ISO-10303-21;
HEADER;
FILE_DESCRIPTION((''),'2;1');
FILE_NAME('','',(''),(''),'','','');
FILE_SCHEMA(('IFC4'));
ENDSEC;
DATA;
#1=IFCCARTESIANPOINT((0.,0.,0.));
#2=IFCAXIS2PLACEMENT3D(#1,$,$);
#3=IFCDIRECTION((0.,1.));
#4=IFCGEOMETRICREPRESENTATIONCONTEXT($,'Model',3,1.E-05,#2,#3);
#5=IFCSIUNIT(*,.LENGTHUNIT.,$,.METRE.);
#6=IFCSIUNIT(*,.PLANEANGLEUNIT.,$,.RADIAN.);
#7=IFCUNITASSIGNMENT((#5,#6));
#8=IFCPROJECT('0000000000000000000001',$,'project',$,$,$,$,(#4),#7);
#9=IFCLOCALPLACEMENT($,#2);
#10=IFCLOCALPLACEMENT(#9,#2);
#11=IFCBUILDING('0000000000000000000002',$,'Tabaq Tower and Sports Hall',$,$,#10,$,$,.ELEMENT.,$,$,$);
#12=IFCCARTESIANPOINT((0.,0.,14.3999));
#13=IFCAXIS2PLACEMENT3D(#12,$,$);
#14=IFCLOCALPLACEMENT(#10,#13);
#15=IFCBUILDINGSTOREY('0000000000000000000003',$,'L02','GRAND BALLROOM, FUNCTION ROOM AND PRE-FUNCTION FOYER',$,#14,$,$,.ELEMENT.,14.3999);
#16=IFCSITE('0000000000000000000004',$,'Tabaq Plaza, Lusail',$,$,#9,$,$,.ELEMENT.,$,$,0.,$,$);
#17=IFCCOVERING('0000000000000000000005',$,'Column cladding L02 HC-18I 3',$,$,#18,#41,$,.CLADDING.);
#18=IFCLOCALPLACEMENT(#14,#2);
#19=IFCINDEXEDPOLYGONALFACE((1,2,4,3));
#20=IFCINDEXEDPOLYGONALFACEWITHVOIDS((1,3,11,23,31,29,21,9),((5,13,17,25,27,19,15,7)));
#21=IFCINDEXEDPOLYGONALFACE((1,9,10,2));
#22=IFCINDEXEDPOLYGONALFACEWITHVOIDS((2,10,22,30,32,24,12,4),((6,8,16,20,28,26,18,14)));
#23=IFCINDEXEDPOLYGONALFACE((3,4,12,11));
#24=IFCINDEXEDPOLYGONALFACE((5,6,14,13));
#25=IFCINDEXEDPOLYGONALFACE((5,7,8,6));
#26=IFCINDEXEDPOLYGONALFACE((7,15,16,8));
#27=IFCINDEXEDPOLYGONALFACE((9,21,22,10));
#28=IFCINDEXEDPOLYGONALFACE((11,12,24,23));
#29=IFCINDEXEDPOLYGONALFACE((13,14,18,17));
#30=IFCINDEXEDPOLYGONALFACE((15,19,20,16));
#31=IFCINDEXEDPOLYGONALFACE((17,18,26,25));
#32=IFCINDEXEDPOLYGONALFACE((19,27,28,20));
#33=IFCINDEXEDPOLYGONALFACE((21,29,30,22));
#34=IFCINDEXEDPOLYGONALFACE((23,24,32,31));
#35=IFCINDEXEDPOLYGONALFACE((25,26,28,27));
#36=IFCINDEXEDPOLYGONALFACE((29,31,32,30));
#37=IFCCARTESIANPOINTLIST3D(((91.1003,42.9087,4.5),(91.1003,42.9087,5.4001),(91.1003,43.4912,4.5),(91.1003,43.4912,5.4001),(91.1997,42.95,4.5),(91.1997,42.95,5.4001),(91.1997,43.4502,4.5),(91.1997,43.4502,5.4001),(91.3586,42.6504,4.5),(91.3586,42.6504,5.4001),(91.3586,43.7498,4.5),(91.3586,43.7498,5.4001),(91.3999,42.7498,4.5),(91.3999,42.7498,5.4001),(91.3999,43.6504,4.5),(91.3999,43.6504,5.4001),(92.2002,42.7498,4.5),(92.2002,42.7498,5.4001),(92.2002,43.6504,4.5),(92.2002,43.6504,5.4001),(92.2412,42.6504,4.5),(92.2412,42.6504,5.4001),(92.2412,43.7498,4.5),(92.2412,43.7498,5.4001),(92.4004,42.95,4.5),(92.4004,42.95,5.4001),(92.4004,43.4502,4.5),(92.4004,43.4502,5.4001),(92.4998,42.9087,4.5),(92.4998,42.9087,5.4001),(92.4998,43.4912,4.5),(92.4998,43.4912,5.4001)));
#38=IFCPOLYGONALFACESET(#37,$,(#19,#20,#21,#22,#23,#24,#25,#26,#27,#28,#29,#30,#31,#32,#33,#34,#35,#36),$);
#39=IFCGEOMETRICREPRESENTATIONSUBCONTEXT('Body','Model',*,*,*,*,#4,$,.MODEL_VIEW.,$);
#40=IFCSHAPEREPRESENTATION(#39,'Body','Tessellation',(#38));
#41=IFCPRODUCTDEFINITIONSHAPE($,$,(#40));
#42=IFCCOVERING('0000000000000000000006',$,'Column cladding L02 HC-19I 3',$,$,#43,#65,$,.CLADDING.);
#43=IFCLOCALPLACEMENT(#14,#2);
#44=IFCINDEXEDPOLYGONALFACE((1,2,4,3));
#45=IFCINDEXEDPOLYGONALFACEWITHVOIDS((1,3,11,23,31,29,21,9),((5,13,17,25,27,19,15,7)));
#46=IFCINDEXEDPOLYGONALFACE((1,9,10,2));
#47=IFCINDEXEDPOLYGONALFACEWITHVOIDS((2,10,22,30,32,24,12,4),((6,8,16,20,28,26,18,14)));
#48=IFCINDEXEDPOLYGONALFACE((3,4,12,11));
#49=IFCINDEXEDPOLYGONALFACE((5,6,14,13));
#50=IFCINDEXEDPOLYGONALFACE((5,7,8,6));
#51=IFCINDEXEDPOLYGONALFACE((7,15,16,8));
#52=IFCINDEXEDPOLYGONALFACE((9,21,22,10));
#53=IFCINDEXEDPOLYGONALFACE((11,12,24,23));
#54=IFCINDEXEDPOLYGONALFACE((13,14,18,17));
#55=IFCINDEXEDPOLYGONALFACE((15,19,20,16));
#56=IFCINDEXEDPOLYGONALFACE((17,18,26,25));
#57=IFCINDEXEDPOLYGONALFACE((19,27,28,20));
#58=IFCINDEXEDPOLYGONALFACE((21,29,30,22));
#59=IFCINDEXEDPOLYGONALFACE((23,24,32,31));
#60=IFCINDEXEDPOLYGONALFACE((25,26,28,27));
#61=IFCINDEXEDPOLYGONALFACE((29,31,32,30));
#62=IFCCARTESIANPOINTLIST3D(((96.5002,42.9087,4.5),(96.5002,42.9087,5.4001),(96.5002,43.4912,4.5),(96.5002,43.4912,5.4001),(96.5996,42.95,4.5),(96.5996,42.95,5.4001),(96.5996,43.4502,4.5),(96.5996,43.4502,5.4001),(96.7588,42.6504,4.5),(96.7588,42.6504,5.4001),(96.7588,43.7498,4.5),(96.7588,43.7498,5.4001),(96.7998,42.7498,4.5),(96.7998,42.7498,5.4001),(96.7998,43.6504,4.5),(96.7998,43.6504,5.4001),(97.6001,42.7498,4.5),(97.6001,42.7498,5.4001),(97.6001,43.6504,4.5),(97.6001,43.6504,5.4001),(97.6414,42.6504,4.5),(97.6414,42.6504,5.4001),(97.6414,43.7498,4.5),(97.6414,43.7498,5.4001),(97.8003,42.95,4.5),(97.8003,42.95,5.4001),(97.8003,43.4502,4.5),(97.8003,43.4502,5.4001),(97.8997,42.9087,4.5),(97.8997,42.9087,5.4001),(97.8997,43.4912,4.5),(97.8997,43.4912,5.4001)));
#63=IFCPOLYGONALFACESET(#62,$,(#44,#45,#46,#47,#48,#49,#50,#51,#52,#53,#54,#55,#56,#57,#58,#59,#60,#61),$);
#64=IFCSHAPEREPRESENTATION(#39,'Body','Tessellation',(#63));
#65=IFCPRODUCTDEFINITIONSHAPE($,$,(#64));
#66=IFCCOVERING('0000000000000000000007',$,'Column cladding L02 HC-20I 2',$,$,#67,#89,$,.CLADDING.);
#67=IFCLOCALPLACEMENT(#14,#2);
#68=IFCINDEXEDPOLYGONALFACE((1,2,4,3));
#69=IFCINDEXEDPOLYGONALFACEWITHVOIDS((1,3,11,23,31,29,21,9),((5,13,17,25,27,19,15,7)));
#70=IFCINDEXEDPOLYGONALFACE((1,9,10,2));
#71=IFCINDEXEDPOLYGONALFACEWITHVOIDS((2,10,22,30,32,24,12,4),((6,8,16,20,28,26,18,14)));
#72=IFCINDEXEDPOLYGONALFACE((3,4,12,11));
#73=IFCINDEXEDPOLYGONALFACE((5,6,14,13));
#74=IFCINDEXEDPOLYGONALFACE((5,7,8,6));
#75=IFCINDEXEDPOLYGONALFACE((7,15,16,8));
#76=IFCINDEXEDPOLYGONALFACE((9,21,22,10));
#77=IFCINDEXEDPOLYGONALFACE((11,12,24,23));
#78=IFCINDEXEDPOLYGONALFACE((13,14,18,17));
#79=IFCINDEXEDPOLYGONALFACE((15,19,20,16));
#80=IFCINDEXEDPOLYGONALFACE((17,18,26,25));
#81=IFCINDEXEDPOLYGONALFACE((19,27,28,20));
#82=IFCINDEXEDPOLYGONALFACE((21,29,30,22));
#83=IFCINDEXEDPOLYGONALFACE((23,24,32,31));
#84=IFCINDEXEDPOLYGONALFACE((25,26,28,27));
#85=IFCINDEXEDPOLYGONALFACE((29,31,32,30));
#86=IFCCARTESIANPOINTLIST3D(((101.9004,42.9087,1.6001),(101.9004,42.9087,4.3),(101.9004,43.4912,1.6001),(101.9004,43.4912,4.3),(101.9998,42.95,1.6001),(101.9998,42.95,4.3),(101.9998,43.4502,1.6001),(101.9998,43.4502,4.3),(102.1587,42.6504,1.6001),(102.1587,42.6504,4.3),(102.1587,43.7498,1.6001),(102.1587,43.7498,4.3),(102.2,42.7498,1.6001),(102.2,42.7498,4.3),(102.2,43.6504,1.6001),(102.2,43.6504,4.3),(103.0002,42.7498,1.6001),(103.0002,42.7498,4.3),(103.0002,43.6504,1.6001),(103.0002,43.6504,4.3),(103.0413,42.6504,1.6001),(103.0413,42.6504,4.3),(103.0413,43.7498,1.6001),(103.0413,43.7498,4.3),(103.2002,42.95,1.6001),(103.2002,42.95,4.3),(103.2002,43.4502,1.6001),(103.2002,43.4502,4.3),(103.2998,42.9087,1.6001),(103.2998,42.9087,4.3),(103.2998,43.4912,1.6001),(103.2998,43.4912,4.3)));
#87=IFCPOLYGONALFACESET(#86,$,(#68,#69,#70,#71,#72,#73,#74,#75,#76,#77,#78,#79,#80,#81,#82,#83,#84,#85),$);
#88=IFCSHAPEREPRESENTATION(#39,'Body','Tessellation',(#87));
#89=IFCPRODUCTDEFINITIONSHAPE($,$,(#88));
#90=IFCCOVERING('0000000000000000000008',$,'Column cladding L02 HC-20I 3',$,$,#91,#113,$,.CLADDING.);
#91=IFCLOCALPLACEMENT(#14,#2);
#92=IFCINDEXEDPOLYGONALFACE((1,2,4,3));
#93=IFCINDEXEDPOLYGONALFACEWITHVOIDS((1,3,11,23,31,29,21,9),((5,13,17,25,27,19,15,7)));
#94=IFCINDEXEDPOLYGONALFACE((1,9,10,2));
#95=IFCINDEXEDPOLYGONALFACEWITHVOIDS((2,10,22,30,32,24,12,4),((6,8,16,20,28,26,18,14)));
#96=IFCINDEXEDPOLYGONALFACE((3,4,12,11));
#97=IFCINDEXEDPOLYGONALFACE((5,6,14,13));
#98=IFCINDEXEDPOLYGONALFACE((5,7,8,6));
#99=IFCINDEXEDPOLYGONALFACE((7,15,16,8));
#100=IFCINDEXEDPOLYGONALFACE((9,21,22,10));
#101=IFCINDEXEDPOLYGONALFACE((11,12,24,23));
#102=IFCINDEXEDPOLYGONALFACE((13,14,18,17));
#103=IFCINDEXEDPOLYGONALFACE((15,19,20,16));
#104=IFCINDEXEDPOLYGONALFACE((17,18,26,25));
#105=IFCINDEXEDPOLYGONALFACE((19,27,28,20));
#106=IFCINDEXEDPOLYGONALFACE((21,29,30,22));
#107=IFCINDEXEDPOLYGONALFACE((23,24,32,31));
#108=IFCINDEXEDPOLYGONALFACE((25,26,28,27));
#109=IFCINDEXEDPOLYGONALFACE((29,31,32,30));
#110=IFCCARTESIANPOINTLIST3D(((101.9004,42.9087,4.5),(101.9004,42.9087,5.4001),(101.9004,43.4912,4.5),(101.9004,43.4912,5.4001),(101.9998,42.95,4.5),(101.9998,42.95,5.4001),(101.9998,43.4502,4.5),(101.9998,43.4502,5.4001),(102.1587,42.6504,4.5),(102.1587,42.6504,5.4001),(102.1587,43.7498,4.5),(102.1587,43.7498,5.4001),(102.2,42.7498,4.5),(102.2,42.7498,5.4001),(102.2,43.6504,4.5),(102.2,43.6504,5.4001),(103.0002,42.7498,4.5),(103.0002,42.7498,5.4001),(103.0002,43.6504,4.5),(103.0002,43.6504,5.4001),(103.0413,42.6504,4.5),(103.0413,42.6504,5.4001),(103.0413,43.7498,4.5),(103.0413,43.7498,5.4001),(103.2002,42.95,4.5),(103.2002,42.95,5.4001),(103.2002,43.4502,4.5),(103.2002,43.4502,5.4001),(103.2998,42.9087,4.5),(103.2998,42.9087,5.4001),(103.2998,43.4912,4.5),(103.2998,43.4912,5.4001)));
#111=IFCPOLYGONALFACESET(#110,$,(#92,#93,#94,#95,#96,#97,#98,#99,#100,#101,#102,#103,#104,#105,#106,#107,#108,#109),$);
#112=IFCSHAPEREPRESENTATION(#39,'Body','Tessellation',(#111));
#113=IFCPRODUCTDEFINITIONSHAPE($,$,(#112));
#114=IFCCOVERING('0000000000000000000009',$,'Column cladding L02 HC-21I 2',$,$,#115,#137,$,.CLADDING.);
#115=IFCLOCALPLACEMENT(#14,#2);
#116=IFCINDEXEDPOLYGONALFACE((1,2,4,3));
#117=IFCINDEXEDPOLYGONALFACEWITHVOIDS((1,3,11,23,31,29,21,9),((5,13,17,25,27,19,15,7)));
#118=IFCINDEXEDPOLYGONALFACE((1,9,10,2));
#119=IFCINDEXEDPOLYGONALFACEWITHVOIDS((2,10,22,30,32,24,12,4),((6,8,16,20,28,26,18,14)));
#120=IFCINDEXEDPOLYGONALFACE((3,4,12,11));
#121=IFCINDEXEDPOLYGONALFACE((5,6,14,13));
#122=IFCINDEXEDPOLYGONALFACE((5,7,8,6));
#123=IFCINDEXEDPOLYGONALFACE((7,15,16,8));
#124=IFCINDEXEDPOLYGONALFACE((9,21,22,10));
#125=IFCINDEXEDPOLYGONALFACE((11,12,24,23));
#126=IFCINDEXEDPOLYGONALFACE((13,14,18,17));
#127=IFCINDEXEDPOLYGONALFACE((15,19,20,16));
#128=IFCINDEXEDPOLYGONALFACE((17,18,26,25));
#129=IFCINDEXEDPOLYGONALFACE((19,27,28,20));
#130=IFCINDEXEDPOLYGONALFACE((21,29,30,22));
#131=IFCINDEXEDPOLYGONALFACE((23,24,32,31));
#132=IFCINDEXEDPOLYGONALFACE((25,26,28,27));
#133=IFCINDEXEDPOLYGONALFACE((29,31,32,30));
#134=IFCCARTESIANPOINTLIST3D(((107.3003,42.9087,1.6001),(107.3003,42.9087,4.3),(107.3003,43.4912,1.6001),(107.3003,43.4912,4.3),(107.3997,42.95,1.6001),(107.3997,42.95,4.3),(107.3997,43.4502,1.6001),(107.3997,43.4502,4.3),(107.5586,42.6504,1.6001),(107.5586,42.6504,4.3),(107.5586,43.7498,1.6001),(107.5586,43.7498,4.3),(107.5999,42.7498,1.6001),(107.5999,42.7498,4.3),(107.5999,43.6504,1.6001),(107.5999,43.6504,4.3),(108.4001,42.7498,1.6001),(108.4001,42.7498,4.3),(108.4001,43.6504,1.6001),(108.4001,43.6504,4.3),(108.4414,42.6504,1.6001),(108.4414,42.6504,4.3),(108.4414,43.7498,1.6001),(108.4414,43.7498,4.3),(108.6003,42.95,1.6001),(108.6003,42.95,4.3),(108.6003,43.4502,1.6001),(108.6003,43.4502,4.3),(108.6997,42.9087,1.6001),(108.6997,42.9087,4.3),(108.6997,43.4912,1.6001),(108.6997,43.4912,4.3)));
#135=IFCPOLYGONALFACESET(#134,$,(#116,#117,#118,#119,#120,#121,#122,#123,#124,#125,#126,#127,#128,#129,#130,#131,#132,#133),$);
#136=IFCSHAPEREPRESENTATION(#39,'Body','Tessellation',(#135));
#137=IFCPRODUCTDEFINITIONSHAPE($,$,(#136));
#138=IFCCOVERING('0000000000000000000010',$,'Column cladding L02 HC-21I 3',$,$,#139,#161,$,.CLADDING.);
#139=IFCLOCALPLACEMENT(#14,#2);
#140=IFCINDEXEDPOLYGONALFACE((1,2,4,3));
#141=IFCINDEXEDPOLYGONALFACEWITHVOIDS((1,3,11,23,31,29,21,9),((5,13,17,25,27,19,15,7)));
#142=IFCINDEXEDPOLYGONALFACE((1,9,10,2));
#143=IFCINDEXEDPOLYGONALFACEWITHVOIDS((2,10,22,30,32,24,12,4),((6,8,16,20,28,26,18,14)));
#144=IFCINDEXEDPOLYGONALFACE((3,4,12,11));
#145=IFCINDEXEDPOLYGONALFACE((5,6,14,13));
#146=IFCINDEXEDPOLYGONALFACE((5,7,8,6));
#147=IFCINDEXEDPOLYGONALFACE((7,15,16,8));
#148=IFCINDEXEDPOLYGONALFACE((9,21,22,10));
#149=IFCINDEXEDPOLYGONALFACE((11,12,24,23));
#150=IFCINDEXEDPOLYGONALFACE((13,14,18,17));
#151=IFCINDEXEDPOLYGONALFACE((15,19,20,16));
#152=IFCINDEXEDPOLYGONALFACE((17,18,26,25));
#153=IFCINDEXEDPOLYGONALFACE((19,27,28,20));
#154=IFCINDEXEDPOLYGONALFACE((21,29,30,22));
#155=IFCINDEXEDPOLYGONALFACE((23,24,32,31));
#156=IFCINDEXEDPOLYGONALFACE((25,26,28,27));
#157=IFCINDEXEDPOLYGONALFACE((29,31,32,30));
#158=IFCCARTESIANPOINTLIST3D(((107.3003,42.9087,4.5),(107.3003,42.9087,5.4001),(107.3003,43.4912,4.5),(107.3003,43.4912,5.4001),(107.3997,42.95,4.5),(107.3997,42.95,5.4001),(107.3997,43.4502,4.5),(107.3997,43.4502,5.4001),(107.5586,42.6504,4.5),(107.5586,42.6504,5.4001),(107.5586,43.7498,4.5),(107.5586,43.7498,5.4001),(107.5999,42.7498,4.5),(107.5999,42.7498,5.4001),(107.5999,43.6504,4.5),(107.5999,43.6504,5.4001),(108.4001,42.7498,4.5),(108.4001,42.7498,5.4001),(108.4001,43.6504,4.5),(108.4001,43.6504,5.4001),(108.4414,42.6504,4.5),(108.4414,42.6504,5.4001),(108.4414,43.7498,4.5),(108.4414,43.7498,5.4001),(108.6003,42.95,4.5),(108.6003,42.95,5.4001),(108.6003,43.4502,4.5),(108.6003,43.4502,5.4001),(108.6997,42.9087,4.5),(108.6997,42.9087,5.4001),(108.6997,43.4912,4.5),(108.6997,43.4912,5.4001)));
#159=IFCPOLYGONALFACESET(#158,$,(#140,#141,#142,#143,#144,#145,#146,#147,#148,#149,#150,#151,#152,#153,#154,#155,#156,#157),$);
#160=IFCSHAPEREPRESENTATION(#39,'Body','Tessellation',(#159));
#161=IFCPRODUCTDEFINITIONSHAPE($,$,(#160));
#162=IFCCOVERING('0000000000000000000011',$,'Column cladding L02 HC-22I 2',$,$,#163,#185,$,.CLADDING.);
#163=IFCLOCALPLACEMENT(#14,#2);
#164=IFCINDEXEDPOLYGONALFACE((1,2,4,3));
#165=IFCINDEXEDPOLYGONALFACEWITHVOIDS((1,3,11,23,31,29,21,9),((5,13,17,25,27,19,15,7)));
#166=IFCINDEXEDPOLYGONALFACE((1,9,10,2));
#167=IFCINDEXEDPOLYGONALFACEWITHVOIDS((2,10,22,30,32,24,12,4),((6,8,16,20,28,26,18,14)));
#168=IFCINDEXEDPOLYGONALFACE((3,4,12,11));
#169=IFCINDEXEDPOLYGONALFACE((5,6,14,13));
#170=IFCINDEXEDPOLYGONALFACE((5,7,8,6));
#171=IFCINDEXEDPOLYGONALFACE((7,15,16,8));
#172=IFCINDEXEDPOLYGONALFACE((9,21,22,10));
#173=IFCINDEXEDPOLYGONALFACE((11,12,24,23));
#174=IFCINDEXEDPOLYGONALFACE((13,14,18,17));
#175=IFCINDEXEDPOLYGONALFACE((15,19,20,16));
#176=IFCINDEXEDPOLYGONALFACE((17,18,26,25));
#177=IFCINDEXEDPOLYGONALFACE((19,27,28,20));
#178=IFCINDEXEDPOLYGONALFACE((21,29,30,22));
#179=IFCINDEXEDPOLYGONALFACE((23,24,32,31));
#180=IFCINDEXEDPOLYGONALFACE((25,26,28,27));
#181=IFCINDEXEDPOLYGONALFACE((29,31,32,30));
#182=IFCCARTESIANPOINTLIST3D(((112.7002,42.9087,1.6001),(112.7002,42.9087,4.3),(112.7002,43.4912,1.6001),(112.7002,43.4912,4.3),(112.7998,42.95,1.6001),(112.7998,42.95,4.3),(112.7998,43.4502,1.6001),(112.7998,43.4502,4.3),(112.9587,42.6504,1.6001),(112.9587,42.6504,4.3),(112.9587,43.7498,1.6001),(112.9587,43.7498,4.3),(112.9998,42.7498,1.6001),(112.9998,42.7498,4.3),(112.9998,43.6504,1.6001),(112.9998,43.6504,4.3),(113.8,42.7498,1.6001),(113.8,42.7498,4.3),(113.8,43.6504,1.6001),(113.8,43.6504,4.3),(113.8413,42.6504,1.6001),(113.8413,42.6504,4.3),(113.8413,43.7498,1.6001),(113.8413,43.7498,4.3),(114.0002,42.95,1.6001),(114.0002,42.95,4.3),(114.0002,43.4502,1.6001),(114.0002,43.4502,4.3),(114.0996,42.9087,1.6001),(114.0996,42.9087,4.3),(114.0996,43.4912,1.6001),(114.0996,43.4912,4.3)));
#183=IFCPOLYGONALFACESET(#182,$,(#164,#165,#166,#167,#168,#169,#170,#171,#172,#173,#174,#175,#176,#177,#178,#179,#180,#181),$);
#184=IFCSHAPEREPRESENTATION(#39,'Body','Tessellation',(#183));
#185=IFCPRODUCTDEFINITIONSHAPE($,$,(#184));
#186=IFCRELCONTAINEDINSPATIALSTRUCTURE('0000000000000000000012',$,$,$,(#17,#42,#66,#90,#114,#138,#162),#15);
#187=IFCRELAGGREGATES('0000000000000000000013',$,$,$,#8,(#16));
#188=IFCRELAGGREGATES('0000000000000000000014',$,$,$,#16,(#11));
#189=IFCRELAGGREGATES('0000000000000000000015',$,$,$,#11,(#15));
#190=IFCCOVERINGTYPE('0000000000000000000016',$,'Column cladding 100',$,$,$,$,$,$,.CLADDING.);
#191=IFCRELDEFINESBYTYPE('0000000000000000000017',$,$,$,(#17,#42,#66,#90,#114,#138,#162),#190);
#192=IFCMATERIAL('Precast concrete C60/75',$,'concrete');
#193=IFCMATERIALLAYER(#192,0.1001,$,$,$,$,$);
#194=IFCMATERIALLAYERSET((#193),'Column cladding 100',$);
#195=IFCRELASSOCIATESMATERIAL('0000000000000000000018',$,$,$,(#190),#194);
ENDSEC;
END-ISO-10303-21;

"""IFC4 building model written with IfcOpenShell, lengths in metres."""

from ifc_helpers import new_model, si_unit, direction, frame, origin, place, context, subcontext, project, spatial, polyline, outline, extrude, material, layer, layer_set, type_object, element, save


model = new_model("IFC4")

# Units and contexts
model_context = context("Model", 3, precision=1e-05, world=origin(), true_north=direction((0.0, 1.0)))
body_context = subcontext(model_context, "Body", "Model", "MODEL_VIEW")
ifc_project = project(units=[si_unit("LENGTHUNIT", "METRE"), si_unit("PLANEANGLEUNIT", "RADIAN")], contexts=[model_context])

# Site, building, storey
site_placement = place(None, origin())
site = spatial("IfcSite", under=ifc_project, at=site_placement, Name="Tabaq Plaza, Lusail", CompositionType="ELEMENT", RefElevation=0.0)
building_placement = place(site_placement, origin())
building = spatial("IfcBuilding", under=site, at=building_placement, Name="Tabaq Tower and Sports Hall", CompositionType="ELEMENT")
storey_placement = place(building_placement, frame((0.0, 0.0, 14.3999)))
storey = spatial("IfcBuildingStorey", under=building, at=storey_placement, Name="L02", Description="GRAND BALLROOM, FUNCTION ROOM AND PRE-FUNCTION FOYER", CompositionType="ELEMENT", Elevation=14.3999)

# Coverings
ifc_material_1 = material(Name="Precast concrete C60/75", Category="concrete")
ifc_layer_1 = layer(ifc_material_1, 0.1001)
ifc_layer_set_1 = layer_set([ifc_layer_1], Name="Column cladding 100")
covering_type = type_object("IfcCoveringType", Name="Column cladding 100", PredefinedType="CLADDING", material=ifc_layer_set_1)
covering_1_placement = place(storey_placement, frame((0.0, 0.0, 4.5)))
element("IfcCovering", 1, at=covering_1_placement, inside=storey, type_object=covering_type, Name="Column cladding L02 HC-18I 3", PredefinedType="CLADDING", context=body_context, shape_type="SweptSolid", body=[
    extrude(outline(polyline([(91.1003, 42.9087), (91.1003, 43.4912), (91.3586, 43.7498), (92.2412, 43.7498), (92.4998, 43.4912), (92.4998, 42.9087), (92.2412, 42.6504), (91.3586, 42.6504), (91.1003, 42.9087)]), holes=[polyline([(92.2002, 42.7498), (92.4004, 42.95), (92.4004, 43.4502), (92.2002, 43.6504), (91.3999, 43.6504), (91.1997, 43.4502), (91.1997, 42.95), (91.3999, 42.7498), (92.2002, 42.7498)])]), origin(), (0.0, 0.0, 1.0), 0.9001),
])
covering_2_placement = place(storey_placement, frame((0.0, 0.0, 4.5)))
element("IfcCovering", 2, at=covering_2_placement, inside=storey, type_object=covering_type, Name="Column cladding L02 HC-19I 3", PredefinedType="CLADDING", context=body_context, shape_type="SweptSolid", body=[
    extrude(outline(polyline([(96.5002, 42.9087), (96.5002, 43.4912), (96.7588, 43.7498), (97.6414, 43.7498), (97.8997, 43.4912), (97.8997, 42.9087), (97.6414, 42.6504), (96.7588, 42.6504), (96.5002, 42.9087)]), holes=[polyline([(97.6001, 42.7498), (97.8003, 42.95), (97.8003, 43.4502), (97.6001, 43.6504), (96.7998, 43.6504), (96.5996, 43.4502), (96.5996, 42.95), (96.7998, 42.7498), (97.6001, 42.7498)])]), origin(), (0.0, 0.0, 1.0), 0.9001),
])
covering_3_placement = place(storey_placement, frame((0.0, 0.0, 1.6001)))
element("IfcCovering", 3, at=covering_3_placement, inside=storey, type_object=covering_type, Name="Column cladding L02 HC-20I 2", PredefinedType="CLADDING", context=body_context, shape_type="SweptSolid", body=[
    extrude(outline(polyline([(101.9004, 42.9087), (101.9004, 43.4912), (102.1587, 43.7498), (103.0413, 43.7498), (103.2998, 43.4912), (103.2998, 42.9087), (103.0413, 42.6504), (102.1587, 42.6504), (101.9004, 42.9087)]), holes=[polyline([(103.0002, 42.7498), (103.2002, 42.95), (103.2002, 43.4502), (103.0002, 43.6504), (102.2, 43.6504), (101.9998, 43.4502), (101.9998, 42.95), (102.2, 42.7498), (103.0002, 42.7498)])]), origin(), (0.0, 0.0, 1.0), 2.7),
])
covering_4_placement = place(storey_placement, frame((0.0, 0.0, 4.5)))
element("IfcCovering", 4, at=covering_4_placement, inside=storey, type_object=covering_type, Name="Column cladding L02 HC-20I 3", PredefinedType="CLADDING", context=body_context, shape_type="SweptSolid", body=[
    extrude(outline(polyline([(101.9004, 42.9087), (101.9004, 43.4912), (102.1587, 43.7498), (103.0413, 43.7498), (103.2998, 43.4912), (103.2998, 42.9087), (103.0413, 42.6504), (102.1587, 42.6504), (101.9004, 42.9087)]), holes=[polyline([(103.0002, 42.7498), (103.2002, 42.95), (103.2002, 43.4502), (103.0002, 43.6504), (102.2, 43.6504), (101.9998, 43.4502), (101.9998, 42.95), (102.2, 42.7498), (103.0002, 42.7498)])]), origin(), (0.0, 0.0, 1.0), 0.9001),
])
covering_5_placement = place(storey_placement, frame((0.0, 0.0, 1.6001)))
element("IfcCovering", 5, at=covering_5_placement, inside=storey, type_object=covering_type, Name="Column cladding L02 HC-21I 2", PredefinedType="CLADDING", context=body_context, shape_type="SweptSolid", body=[
    extrude(outline(polyline([(107.3003, 42.9087), (107.3003, 43.4912), (107.5586, 43.7498), (108.4414, 43.7498), (108.6997, 43.4912), (108.6997, 42.9087), (108.4414, 42.6504), (107.5586, 42.6504), (107.3003, 42.9087)]), holes=[polyline([(108.4001, 42.7498), (108.6003, 42.95), (108.6003, 43.4502), (108.4001, 43.6504), (107.5999, 43.6504), (107.3997, 43.4502), (107.3997, 42.95), (107.5999, 42.7498), (108.4001, 42.7498)])]), origin(), (0.0, 0.0, 1.0), 2.7),
])
covering_6_placement = place(storey_placement, frame((0.0, 0.0, 4.5)))
element("IfcCovering", 6, at=covering_6_placement, inside=storey, type_object=covering_type, Name="Column cladding L02 HC-21I 3", PredefinedType="CLADDING", context=body_context, shape_type="SweptSolid", body=[
    extrude(outline(polyline([(107.3003, 42.9087), (107.3003, 43.4912), (107.5586, 43.7498), (108.4414, 43.7498), (108.6997, 43.4912), (108.6997, 42.9087), (108.4414, 42.6504), (107.5586, 42.6504), (107.3003, 42.9087)]), holes=[polyline([(108.4001, 42.7498), (108.6003, 42.95), (108.6003, 43.4502), (108.4001, 43.6504), (107.5999, 43.6504), (107.3997, 43.4502), (107.3997, 42.95), (107.5999, 42.7498), (108.4001, 42.7498)])]), origin(), (0.0, 0.0, 1.0), 0.9001),
])
covering_7_placement = place(storey_placement, frame((0.0, 0.0, 1.6001)))
element("IfcCovering", 7, at=covering_7_placement, inside=storey, type_object=covering_type, Name="Column cladding L02 HC-22I 2", PredefinedType="CLADDING", context=body_context, shape_type="SweptSolid", body=[
    extrude(outline(polyline([(112.7002, 42.9087), (112.7002, 43.4912), (112.9587, 43.7498), (113.8413, 43.7498), (114.0996, 43.4912), (114.0996, 42.9087), (113.8413, 42.6504), (112.9587, 42.6504), (112.7002, 42.9087)]), holes=[polyline([(113.8, 42.7498), (114.0002, 42.95), (114.0002, 43.4502), (113.8, 43.6504), (112.9998, 43.6504), (112.7998, 43.4502), (112.7998, 42.95), (112.9998, 42.7498), (113.8, 42.7498)])]), origin(), (0.0, 0.0, 1.0), 2.7),
])

save(model, "model.ifc")
